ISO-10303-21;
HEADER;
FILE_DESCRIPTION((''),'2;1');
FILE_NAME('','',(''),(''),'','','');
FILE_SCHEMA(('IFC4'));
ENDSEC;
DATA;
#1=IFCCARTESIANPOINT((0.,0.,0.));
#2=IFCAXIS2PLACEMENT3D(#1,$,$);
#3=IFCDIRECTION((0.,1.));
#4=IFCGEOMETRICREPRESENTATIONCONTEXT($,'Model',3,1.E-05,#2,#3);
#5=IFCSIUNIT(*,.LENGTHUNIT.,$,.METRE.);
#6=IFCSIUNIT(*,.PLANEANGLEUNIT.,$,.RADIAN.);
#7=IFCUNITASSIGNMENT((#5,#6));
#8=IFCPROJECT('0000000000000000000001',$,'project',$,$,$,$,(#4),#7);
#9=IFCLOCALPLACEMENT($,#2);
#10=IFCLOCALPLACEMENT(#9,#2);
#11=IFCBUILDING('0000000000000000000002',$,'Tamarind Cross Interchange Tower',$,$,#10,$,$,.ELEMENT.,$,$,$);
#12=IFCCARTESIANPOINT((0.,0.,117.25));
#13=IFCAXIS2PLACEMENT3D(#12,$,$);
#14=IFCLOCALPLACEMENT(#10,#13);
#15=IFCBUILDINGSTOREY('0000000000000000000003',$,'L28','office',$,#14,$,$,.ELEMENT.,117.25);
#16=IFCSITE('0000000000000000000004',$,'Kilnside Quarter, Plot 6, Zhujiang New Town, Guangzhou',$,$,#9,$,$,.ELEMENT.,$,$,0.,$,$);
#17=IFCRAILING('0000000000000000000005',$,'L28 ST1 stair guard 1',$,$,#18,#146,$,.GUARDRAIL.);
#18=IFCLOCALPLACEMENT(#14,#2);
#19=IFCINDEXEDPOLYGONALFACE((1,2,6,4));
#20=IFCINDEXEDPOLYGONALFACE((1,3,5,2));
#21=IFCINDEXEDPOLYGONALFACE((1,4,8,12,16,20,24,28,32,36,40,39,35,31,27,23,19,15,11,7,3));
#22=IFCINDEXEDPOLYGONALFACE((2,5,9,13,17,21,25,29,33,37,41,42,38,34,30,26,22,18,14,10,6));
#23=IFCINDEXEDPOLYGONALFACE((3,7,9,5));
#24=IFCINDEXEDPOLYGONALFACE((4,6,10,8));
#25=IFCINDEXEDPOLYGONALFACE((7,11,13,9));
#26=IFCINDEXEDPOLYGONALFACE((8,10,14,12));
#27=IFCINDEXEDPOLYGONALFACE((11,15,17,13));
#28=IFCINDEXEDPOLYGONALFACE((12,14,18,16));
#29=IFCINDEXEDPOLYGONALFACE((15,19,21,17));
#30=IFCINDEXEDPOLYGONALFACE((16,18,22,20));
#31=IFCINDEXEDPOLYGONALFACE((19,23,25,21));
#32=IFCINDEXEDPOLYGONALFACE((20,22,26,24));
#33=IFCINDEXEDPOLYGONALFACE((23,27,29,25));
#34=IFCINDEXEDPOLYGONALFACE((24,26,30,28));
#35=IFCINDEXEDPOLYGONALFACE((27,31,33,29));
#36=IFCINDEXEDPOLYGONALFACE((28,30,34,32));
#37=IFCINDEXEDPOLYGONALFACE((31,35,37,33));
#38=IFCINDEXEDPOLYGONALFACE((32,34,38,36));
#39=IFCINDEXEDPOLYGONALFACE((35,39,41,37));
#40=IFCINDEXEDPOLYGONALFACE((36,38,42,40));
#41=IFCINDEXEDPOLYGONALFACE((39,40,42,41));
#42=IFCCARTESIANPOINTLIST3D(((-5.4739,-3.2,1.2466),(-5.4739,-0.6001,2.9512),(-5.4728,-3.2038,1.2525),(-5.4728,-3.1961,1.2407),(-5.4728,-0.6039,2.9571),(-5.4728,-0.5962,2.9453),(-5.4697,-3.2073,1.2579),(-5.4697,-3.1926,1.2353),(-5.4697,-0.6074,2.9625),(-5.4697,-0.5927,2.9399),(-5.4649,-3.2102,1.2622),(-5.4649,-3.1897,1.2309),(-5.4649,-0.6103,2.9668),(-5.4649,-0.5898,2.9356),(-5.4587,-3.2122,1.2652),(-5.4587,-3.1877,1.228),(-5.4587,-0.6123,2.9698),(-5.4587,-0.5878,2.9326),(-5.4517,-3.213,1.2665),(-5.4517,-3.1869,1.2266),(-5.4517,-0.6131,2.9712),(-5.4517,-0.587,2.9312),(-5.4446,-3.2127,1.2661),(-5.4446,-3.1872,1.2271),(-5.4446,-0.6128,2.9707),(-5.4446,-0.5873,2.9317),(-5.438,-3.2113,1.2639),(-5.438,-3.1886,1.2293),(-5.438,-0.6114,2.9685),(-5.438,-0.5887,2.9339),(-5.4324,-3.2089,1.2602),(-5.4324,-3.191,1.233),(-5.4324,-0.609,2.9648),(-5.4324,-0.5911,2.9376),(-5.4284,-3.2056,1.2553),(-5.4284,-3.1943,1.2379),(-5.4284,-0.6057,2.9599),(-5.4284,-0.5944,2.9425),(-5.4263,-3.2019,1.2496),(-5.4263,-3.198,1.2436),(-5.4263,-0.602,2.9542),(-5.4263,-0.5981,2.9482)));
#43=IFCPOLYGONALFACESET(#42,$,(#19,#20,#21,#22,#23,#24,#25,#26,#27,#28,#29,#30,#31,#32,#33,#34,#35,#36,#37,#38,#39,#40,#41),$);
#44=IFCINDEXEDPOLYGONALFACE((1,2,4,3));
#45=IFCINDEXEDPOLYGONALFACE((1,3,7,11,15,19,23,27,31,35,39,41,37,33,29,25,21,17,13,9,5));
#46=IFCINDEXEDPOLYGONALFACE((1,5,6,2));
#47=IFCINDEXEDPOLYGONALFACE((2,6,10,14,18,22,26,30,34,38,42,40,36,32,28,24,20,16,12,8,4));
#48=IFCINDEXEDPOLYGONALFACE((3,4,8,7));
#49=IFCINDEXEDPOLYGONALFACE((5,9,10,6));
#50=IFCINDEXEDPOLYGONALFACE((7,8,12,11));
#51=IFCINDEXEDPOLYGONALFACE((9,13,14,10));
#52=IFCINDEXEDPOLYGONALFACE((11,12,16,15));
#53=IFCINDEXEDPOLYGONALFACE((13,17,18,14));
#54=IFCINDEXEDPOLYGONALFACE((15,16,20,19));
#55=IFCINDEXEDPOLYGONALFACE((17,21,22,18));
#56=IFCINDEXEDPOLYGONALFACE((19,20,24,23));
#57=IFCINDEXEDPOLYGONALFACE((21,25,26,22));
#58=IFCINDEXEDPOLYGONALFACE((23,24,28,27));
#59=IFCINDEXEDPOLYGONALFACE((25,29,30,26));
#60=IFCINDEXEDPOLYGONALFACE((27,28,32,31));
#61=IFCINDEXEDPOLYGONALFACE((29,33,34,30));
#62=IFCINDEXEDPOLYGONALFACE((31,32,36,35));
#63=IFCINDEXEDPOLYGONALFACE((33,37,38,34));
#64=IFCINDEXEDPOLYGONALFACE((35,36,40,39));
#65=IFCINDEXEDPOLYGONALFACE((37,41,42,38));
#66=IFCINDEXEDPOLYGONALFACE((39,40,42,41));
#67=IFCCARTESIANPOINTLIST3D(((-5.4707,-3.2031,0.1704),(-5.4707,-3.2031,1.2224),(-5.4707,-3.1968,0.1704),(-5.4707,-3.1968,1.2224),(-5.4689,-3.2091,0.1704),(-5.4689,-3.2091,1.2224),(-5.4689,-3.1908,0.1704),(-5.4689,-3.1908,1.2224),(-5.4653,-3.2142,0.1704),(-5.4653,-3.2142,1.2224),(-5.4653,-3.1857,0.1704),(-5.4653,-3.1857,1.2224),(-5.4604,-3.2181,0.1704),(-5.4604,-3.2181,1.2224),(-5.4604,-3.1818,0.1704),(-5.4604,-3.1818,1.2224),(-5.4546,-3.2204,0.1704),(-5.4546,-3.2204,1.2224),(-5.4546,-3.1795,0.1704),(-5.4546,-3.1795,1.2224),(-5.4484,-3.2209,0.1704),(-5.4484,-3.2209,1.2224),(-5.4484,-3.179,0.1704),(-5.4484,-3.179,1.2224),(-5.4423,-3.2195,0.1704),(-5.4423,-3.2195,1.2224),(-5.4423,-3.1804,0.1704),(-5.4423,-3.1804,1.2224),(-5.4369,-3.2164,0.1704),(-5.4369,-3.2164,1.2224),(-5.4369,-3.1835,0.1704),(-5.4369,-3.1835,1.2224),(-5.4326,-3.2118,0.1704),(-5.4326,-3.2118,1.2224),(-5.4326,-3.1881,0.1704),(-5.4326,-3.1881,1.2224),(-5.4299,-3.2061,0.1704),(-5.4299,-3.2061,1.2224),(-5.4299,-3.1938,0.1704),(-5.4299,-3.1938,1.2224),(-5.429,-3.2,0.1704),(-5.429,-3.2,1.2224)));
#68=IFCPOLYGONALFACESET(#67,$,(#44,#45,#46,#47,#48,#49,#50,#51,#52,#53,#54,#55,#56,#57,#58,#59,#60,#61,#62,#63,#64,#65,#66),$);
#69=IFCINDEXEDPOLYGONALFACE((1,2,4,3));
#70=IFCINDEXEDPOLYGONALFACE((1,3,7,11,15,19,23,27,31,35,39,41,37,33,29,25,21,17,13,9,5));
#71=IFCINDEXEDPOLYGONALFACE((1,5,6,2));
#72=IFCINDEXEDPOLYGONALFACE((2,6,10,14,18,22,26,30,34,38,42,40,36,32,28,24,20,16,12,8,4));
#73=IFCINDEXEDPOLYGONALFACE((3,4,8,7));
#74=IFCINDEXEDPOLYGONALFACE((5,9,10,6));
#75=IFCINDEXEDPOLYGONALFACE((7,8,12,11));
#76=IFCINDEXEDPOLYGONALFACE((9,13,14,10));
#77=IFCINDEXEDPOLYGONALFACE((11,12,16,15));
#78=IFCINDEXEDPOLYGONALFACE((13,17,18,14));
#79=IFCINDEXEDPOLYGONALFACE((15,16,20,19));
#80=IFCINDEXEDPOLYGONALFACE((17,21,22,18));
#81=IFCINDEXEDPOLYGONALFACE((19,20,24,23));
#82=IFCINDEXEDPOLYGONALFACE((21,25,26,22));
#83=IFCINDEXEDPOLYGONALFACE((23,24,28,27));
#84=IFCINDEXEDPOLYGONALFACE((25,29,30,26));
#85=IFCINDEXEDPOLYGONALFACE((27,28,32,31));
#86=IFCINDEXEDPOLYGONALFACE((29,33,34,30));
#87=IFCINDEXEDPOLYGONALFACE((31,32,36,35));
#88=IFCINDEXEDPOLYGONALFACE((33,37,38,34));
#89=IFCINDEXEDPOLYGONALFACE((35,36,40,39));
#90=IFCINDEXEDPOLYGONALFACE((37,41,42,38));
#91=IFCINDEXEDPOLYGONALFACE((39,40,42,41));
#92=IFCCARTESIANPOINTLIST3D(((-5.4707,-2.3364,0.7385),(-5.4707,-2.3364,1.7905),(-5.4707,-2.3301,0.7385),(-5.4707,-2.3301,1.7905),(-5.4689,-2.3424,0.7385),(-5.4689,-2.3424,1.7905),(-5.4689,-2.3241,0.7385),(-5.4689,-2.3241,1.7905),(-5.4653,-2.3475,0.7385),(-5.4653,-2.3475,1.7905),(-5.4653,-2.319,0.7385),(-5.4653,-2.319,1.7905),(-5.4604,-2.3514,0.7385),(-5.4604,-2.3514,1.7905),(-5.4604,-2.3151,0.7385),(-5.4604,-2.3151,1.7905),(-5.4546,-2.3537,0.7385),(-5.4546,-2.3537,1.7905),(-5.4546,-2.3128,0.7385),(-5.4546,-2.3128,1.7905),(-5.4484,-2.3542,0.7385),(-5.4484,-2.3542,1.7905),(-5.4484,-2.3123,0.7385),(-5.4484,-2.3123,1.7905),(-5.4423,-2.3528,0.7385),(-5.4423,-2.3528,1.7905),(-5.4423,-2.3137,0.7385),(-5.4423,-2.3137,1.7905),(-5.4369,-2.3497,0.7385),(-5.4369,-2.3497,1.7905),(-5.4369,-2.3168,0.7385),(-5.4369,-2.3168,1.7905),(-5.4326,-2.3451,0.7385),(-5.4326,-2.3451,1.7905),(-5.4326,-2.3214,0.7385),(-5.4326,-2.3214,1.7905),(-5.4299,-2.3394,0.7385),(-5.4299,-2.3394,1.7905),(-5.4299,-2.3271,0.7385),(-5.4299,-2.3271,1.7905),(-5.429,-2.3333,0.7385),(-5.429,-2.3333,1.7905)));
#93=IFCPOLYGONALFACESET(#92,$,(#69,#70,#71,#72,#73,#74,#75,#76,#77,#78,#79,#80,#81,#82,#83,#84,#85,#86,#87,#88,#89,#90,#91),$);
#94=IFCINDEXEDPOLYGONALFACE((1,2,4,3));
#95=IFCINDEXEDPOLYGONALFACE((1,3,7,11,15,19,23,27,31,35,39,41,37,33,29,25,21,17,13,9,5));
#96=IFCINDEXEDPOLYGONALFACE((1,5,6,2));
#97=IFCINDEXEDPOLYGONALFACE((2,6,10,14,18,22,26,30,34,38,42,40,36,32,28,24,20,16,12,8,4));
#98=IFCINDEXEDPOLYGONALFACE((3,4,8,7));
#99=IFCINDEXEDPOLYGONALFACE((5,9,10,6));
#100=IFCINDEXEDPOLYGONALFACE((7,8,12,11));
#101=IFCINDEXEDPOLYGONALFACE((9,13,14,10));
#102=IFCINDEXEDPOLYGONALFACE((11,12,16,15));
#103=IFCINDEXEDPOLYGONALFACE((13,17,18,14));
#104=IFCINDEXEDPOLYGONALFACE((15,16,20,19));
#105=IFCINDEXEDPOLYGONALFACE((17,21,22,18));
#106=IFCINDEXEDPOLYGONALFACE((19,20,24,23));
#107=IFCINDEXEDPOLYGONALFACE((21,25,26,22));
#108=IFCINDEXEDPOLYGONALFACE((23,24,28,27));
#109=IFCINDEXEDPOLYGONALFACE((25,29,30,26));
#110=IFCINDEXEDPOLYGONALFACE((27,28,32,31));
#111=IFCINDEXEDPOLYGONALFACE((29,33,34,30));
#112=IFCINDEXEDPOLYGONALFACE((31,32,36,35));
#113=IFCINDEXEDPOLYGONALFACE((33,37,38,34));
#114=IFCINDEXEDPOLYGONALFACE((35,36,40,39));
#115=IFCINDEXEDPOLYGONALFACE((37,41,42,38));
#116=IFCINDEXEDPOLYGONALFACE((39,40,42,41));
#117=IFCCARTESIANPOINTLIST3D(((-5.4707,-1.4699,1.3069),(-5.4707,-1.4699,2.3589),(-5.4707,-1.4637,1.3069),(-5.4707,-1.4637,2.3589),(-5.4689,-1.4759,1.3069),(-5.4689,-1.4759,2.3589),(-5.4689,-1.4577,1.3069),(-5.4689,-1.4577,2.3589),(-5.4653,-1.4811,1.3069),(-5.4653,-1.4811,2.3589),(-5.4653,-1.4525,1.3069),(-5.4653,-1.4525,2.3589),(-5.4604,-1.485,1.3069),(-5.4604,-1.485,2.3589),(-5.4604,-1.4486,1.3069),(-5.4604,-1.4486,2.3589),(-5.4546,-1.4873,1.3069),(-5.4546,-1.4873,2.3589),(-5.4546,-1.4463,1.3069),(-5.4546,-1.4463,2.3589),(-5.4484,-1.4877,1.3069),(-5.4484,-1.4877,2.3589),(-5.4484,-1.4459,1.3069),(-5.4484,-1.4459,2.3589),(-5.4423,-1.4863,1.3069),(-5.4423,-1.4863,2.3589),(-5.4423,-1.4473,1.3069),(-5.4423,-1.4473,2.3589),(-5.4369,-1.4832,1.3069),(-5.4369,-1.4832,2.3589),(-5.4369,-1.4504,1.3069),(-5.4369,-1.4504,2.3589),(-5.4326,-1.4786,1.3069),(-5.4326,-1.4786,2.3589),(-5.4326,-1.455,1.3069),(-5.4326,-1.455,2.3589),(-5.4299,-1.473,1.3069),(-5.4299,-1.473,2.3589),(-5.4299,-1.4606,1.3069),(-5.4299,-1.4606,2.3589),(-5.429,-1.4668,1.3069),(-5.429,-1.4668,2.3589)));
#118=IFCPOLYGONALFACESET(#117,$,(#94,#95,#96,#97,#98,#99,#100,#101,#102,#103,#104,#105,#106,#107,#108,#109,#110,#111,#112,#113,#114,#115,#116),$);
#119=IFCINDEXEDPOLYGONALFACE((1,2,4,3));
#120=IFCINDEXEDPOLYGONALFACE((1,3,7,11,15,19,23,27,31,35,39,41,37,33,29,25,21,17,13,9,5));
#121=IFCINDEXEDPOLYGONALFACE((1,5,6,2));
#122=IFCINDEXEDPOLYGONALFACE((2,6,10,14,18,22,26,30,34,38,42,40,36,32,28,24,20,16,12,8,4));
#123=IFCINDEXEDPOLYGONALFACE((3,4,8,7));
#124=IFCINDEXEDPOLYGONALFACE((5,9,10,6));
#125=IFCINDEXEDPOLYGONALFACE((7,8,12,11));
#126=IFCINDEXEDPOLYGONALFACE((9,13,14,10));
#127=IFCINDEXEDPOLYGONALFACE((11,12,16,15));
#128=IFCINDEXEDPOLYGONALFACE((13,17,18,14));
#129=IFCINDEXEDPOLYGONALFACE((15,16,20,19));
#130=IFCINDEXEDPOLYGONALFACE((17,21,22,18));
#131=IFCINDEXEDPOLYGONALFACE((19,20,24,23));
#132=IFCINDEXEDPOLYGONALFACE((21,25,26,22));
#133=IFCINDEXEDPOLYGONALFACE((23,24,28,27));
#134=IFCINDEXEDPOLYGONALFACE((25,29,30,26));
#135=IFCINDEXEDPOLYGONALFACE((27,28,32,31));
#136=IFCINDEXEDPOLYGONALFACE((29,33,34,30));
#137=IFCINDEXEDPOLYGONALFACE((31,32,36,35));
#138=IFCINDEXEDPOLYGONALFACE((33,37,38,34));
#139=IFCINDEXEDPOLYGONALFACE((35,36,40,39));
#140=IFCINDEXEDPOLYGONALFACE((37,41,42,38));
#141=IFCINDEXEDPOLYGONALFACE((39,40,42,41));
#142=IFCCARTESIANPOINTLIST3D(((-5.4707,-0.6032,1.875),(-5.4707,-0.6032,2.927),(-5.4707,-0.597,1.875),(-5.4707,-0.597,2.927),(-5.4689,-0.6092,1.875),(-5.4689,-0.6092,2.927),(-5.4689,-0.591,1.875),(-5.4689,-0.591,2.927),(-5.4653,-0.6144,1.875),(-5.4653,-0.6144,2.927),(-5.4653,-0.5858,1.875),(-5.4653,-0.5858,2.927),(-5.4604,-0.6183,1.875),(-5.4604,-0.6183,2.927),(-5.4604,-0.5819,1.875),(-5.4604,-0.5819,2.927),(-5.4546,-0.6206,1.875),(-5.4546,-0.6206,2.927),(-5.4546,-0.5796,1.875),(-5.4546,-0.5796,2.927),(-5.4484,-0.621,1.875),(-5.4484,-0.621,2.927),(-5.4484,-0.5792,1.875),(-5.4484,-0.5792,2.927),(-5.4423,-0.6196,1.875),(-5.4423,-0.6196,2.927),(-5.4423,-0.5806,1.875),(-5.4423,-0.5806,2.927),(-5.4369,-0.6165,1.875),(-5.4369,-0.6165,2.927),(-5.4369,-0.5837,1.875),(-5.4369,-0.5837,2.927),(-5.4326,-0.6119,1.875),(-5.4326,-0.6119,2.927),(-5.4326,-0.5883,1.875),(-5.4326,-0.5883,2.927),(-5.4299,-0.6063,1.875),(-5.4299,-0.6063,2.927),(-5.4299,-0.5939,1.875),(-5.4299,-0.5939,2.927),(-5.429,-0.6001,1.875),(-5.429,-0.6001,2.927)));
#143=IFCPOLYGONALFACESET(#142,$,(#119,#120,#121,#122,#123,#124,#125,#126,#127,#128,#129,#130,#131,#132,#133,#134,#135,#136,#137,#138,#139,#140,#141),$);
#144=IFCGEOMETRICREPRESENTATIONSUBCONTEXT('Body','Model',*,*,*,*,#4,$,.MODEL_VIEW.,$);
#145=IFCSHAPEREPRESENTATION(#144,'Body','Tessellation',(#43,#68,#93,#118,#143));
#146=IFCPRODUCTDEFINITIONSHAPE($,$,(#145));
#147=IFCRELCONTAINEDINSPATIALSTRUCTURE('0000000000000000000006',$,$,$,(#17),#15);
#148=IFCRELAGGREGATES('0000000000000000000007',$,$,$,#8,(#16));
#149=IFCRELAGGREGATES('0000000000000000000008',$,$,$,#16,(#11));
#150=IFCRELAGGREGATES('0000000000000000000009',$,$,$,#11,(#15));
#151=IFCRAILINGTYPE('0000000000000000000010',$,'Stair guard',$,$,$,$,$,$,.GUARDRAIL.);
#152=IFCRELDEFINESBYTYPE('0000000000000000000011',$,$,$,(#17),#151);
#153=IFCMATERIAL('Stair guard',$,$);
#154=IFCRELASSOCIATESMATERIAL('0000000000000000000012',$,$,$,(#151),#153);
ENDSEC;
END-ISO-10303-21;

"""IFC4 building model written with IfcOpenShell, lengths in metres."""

from ifc_helpers import new_model, si_unit, direction, frame, origin, origin_2d, place, context, subcontext, project, spatial, circle, extrude, material, type_object, element, save


model = new_model("IFC4")

# Units and contexts
model_context = context("Model", 3, precision=1e-05, world=origin(), true_north=direction((0.0, 1.0)))
body_context = subcontext(model_context, "Body", "Model", "MODEL_VIEW")
ifc_project = project(units=[si_unit("LENGTHUNIT", "METRE"), si_unit("PLANEANGLEUNIT", "RADIAN")], contexts=[model_context])

# Site, building, storey
site_placement = place(None, origin())
site = spatial("IfcSite", under=ifc_project, at=site_placement, Name="Kilnside Quarter, Plot 6, Zhujiang New Town, Guangzhou", CompositionType="ELEMENT", RefElevation=0.0)
building_placement = place(site_placement, origin())
building = spatial("IfcBuilding", under=site, at=building_placement, Name="Tamarind Cross Interchange Tower", CompositionType="ELEMENT")
storey_placement = place(building_placement, frame((0.0, 0.0, 117.25)))
storey = spatial("IfcBuildingStorey", under=building, at=storey_placement, Name="L28", Description="office", CompositionType="ELEMENT", Elevation=117.25)

# Railing
ifc_material_1 = material(Name="Stair guard")
railing_type_1 = type_object("IfcRailingType", Name="Stair guard", PredefinedType="GUARDRAIL", material=ifc_material_1)
railing_1_placement = place(storey_placement, frame((-5.45, -3.2, 0.1704)))
element("IfcRailing", 1, at=railing_1_placement, inside=storey, type_object=railing_type_1, Name="L28 ST1 stair guard 1", PredefinedType="GUARDRAIL", context=body_context, shape_type="SweptSolid", body=[
    extrude(circle(Radius=0.0239, at=origin_2d()), frame((0.0, 0.0, 1.0762), z_axis=(0.0, 0.836279, 0.548305), x_axis=(-1.0, 0.0, 0.0)), (0.0, 0.0, 1.0), 3.1089),
    extrude(circle(Radius=0.021, at=origin_2d()), origin(), (0.0, 0.0, 1.0), 1.052),
    extrude(circle(Radius=0.021, at=origin_2d()), frame((0.0, 0.8667, 0.5681)), (0.0, 0.0, 1.0), 1.052),
    extrude(circle(Radius=0.021, at=origin_2d()), frame((0.0, 1.7332, 1.1365)), (0.0, 0.0, 1.0), 1.052),
    extrude(circle(Radius=0.021, at=origin_2d()), frame((0.0, 2.5999, 1.7046)), (0.0, 0.0, 1.0), 1.052),
])

save(model, "model.ifc")
